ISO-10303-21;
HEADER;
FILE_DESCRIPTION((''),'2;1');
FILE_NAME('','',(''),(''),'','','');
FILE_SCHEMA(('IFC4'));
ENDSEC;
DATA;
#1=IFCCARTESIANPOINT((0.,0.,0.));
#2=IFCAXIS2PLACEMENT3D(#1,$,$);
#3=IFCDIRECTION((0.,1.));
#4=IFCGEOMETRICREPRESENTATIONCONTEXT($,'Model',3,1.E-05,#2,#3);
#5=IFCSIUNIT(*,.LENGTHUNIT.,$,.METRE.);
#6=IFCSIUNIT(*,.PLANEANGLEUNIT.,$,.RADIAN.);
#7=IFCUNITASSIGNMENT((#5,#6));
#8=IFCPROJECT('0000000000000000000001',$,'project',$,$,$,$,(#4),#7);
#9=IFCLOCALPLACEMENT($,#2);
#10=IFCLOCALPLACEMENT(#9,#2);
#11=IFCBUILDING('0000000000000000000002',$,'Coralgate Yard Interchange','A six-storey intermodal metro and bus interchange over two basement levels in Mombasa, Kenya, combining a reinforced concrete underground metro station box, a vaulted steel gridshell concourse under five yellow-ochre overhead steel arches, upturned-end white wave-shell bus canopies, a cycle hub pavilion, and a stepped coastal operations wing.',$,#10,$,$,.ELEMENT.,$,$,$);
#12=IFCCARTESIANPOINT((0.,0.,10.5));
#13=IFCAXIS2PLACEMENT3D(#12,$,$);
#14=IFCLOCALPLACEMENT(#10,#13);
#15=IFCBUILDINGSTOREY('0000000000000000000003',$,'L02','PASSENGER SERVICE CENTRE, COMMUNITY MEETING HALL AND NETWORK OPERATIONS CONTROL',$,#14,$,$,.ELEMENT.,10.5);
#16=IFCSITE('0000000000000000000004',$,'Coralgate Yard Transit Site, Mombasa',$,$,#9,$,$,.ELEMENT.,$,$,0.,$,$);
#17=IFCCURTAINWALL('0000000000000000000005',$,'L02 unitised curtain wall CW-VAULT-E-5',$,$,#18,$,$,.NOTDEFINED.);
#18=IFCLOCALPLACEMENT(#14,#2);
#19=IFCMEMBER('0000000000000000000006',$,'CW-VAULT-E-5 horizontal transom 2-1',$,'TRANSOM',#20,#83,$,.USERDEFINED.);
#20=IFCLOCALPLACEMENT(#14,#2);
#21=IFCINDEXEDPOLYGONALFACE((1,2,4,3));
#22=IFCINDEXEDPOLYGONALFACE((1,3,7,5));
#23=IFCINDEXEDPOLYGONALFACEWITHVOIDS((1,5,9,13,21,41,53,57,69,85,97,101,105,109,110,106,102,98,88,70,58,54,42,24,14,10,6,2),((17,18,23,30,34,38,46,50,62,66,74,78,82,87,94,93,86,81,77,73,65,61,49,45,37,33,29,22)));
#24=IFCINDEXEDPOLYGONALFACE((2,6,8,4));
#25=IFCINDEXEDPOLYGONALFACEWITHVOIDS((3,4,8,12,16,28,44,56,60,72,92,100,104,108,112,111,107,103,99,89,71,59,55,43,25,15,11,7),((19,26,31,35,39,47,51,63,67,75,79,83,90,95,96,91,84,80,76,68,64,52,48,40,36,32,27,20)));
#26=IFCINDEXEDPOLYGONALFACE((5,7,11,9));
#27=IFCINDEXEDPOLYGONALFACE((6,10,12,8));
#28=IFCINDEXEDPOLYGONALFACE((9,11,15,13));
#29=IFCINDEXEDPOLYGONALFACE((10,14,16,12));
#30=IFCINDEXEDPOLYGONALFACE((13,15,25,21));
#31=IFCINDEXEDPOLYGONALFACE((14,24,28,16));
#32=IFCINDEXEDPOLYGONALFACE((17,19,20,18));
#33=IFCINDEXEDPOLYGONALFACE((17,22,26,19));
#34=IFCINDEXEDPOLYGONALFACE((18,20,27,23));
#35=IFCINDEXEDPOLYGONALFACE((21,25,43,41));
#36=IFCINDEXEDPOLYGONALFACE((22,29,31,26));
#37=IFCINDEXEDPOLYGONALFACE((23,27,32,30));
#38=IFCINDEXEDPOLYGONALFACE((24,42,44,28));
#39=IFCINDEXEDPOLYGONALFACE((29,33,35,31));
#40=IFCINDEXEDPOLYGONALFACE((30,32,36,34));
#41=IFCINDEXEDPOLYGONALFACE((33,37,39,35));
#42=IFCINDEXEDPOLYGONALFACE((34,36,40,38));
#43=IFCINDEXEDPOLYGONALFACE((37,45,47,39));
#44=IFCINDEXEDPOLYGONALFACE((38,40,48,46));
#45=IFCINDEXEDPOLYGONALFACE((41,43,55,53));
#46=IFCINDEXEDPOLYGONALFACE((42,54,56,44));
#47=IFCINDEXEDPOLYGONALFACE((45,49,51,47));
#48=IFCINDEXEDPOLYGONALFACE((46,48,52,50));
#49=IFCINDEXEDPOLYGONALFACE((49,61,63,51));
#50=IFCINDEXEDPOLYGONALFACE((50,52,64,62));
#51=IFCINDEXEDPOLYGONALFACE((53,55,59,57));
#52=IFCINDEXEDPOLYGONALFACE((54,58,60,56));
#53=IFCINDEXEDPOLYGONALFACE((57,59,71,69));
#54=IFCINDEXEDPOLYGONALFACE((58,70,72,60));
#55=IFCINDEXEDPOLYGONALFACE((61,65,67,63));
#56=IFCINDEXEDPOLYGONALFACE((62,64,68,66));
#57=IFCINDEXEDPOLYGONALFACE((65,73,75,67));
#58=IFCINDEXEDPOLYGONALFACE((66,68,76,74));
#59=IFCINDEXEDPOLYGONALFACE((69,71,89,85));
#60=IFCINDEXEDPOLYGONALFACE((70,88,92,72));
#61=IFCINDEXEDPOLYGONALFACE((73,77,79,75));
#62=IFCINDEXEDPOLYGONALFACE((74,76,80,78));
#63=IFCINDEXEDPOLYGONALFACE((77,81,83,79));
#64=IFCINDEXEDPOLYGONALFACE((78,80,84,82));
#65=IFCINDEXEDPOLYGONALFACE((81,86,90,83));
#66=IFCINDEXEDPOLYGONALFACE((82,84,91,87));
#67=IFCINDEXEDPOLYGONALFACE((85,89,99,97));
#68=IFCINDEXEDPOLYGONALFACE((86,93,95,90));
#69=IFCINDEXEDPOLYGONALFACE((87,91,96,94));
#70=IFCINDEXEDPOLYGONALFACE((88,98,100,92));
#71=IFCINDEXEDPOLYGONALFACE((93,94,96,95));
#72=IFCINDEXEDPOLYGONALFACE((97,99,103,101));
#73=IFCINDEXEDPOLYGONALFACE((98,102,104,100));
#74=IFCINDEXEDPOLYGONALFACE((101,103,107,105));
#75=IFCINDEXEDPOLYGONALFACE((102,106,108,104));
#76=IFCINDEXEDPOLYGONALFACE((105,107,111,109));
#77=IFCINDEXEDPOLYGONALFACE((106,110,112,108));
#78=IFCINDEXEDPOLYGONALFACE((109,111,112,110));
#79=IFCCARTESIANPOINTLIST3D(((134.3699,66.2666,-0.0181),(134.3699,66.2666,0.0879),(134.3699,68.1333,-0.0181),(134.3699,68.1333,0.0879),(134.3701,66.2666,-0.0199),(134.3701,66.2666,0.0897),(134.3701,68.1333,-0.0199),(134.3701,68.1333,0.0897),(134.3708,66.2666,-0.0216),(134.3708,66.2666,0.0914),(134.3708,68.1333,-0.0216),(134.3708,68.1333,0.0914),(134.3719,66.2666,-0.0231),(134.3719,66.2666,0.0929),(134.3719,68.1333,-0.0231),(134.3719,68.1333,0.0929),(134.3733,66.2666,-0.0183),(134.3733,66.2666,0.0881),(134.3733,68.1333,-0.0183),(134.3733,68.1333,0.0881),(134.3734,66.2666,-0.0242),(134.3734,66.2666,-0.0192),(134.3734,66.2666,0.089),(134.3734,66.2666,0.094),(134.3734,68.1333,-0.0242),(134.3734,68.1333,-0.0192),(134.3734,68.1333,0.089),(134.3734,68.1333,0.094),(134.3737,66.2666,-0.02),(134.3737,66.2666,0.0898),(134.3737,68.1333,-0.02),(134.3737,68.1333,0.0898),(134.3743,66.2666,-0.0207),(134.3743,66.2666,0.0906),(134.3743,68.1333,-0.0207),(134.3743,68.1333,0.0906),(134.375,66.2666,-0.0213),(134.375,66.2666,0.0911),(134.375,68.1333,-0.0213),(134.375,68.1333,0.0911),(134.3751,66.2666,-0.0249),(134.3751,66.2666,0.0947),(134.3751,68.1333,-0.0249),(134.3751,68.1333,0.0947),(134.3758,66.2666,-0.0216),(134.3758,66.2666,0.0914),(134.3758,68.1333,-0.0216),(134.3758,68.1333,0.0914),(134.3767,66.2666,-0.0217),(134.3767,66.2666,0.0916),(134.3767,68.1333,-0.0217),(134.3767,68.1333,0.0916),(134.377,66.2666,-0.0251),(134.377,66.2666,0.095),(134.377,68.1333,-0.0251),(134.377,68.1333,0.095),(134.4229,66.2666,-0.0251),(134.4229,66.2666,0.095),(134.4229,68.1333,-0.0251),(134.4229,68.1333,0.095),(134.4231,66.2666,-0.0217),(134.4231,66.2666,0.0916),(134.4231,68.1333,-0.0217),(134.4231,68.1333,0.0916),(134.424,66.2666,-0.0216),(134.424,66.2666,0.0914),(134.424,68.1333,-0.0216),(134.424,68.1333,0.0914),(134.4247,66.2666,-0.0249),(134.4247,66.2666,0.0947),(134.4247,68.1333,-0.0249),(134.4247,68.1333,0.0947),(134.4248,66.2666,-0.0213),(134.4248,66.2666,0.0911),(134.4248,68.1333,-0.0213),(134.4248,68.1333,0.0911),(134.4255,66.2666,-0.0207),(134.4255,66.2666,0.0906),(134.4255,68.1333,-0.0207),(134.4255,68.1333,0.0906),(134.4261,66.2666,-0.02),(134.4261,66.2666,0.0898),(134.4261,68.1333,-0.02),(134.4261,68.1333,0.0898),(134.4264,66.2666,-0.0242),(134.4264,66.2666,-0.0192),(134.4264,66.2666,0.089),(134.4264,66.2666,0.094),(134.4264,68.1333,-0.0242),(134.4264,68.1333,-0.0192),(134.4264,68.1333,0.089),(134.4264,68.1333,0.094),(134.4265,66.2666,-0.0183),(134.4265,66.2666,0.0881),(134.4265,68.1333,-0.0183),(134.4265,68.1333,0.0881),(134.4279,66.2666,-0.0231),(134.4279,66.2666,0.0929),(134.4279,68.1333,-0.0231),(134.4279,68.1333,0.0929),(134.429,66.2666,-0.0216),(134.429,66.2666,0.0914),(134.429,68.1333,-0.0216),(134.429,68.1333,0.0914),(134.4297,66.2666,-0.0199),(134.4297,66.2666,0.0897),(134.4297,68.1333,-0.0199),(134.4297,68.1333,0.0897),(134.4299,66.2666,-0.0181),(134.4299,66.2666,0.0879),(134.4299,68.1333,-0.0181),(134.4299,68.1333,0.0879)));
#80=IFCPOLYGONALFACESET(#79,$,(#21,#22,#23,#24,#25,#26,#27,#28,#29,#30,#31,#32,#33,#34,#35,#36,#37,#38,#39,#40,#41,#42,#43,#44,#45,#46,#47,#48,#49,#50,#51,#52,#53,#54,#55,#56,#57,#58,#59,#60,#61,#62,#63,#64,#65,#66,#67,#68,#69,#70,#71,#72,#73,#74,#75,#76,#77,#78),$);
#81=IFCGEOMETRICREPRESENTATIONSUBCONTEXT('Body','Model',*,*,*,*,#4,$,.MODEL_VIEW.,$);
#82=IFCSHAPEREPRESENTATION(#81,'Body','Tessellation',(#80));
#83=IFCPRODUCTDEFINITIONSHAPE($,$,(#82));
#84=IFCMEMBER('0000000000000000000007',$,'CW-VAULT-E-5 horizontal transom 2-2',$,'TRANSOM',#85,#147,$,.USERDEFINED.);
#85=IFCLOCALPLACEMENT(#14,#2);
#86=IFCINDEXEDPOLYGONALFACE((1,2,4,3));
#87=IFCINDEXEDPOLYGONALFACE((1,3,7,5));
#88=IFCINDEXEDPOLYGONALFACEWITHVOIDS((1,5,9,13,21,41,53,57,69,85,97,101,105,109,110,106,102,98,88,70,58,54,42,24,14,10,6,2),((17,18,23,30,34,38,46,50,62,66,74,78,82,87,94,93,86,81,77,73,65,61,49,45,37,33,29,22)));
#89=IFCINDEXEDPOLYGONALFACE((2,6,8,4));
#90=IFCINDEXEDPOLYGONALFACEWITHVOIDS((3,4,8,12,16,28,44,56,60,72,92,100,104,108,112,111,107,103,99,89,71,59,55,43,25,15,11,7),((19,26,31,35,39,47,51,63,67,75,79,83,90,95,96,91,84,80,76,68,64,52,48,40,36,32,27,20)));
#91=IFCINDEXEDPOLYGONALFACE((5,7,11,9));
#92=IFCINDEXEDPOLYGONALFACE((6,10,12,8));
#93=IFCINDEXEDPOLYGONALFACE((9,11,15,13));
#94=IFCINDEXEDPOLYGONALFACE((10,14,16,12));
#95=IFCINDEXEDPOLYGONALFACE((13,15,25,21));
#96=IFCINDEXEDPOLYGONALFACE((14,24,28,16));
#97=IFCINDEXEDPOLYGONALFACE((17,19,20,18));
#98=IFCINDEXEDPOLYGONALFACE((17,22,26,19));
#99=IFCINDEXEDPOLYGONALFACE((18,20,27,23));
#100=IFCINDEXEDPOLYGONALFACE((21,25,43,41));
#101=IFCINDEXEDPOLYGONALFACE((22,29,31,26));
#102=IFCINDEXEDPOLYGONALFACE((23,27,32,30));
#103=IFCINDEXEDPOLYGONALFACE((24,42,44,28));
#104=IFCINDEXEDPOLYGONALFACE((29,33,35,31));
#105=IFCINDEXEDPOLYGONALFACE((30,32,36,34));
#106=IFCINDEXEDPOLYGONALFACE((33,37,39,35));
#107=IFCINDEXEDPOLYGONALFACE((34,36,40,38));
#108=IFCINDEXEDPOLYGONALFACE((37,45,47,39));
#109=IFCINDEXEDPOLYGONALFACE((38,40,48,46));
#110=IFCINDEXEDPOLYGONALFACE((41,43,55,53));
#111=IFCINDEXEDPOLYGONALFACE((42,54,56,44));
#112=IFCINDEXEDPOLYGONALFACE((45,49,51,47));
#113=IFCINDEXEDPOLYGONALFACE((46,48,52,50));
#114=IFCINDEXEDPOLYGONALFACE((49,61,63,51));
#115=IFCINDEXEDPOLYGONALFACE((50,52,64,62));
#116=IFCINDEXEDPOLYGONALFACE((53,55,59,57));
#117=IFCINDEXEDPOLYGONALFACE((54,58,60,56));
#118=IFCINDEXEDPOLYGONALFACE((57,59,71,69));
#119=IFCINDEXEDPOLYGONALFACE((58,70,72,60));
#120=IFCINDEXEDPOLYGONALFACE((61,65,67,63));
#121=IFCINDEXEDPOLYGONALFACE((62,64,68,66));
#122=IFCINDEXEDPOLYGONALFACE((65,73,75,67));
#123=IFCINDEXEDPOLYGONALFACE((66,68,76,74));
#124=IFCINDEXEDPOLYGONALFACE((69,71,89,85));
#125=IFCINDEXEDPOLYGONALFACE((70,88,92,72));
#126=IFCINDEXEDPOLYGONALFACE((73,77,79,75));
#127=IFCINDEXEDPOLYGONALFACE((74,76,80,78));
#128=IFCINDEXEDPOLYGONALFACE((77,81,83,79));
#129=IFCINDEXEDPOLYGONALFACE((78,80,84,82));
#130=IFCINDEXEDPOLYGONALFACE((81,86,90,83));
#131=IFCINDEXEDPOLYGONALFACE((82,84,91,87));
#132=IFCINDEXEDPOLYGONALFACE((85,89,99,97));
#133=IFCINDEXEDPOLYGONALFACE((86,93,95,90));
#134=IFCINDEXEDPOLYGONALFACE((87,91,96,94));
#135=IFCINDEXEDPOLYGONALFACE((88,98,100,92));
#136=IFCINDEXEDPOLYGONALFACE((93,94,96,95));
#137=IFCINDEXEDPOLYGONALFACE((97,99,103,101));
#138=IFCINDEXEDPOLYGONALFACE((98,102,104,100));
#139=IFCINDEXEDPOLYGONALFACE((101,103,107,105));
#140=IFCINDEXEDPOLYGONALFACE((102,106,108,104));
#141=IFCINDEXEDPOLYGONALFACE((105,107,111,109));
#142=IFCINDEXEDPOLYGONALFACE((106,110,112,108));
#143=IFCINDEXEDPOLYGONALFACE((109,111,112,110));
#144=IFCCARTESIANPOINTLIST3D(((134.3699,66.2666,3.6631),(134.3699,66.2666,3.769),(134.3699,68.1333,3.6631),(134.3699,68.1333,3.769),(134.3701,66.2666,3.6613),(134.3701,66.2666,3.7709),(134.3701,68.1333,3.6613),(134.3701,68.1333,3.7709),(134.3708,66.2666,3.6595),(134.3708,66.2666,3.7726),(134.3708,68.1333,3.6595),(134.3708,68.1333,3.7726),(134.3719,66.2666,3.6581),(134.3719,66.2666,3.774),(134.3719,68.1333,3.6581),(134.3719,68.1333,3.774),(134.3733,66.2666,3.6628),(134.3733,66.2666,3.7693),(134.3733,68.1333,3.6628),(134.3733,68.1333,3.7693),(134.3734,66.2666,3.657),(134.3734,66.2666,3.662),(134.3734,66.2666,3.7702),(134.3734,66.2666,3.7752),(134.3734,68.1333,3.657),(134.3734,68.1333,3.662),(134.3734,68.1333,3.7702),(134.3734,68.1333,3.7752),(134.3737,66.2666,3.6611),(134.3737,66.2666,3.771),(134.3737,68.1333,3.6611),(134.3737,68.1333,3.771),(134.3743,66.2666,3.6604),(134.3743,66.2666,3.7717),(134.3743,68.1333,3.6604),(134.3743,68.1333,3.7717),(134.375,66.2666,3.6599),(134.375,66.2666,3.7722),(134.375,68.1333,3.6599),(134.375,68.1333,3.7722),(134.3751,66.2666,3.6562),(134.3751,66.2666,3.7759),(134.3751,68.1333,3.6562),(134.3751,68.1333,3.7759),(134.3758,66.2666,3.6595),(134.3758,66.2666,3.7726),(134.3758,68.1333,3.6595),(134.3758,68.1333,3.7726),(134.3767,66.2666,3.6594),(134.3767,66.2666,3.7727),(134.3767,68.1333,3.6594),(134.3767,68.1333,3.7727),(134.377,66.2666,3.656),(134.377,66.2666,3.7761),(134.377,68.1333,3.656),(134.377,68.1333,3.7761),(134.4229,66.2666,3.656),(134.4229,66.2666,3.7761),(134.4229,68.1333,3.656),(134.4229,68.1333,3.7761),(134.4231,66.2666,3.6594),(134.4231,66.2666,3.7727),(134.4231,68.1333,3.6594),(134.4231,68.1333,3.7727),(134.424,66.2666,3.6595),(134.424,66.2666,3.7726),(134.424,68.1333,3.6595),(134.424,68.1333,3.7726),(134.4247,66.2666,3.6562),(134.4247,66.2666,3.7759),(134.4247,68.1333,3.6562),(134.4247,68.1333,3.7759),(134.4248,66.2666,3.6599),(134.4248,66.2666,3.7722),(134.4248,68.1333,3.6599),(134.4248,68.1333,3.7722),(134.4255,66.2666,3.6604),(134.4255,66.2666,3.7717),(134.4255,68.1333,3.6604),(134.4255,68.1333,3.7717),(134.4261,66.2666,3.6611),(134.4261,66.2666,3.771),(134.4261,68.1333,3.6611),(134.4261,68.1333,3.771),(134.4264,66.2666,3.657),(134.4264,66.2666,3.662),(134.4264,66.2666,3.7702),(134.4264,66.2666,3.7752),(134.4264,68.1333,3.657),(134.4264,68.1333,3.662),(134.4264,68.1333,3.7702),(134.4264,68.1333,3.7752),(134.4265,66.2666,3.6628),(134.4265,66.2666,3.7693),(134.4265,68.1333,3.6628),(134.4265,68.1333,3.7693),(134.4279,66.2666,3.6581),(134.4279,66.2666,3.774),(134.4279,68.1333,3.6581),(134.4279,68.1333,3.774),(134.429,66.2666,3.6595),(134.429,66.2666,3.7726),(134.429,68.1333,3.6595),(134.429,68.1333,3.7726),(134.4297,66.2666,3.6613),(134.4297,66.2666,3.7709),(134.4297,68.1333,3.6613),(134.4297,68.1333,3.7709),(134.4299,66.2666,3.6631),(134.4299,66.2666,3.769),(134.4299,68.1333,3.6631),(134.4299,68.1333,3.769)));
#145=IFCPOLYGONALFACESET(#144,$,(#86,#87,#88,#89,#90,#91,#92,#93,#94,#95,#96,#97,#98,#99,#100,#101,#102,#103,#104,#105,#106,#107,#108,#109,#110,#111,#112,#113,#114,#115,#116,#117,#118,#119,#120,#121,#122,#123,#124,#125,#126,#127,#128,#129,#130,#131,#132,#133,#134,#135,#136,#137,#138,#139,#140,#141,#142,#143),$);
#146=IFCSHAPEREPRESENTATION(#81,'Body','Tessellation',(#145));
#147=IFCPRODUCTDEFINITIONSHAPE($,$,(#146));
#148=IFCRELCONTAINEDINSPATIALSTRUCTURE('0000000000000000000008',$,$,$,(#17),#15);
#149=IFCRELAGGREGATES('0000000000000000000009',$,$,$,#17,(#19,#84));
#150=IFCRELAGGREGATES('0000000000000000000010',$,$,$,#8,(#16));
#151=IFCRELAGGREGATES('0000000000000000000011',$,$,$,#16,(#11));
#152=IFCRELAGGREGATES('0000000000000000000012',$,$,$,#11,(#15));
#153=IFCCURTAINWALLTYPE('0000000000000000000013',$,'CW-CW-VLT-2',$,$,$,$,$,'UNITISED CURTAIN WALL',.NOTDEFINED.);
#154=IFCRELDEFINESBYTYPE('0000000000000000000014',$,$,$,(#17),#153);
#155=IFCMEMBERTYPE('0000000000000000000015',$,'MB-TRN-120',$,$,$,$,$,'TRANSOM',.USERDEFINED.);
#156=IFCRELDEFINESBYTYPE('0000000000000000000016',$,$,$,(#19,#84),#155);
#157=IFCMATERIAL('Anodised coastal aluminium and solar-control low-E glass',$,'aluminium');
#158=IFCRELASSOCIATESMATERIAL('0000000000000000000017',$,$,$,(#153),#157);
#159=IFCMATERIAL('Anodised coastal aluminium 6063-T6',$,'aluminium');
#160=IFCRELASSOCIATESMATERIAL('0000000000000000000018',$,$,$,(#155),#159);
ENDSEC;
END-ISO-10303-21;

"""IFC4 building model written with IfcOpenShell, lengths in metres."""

from ifc_helpers import new_model, si_unit, direction, frame, origin, origin_2d, place, context, subcontext, project, spatial, hollow_rectangle, extrude, material, material_profile, profile_set, type_object, element, aggregate, save


model = new_model("IFC4")

# Units and contexts
model_context = context("Model", 3, precision=1e-05, world=origin(), true_north=direction((0.0, 1.0)))
body_context = subcontext(model_context, "Body", "Model", "MODEL_VIEW")
ifc_project = project(units=[si_unit("LENGTHUNIT", "METRE"), si_unit("PLANEANGLEUNIT", "RADIAN")], contexts=[model_context])

# Site, building, storey
site_placement = place(None, origin())
site = spatial("IfcSite", under=ifc_project, at=site_placement, Name="Coralgate Yard Transit Site, Mombasa", CompositionType="ELEMENT", RefElevation=0.0)
building_placement = place(site_placement, origin())
building = spatial("IfcBuilding", under=site, at=building_placement, Name="Coralgate Yard Interchange", Description="A six-storey intermodal metro and bus interchange over two basement levels in Mombasa, Kenya, combining a reinforced concrete underground metro station box, a vaulted steel gridshell concourse under five yellow-ochre overhead steel arches, upturned-end white wave-shell bus canopies, a cycle hub pavilion, and a stepped coastal operations wing.", CompositionType="ELEMENT")
storey_placement = place(building_placement, frame((0.0, 0.0, 10.5)))
storey = spatial("IfcBuildingStorey", under=building, at=storey_placement, Name="L02", Description="PASSENGER SERVICE CENTRE, COMMUNITY MEETING HALL AND NETWORK OPERATIONS CONTROL", CompositionType="ELEMENT", Elevation=10.5)

# Curtain wall
ifc_material_1 = material(Name="Anodised coastal aluminium and solar-control low-E glass", Category="aluminium")
curtain_wall_type = type_object("IfcCurtainWallType", Name="CW-CW-VLT-2", ElementType="UNITISED CURTAIN WALL", PredefinedType="NOTDEFINED", material=ifc_material_1)
curtain_wall_placement = place(storey_placement, origin())
curtain_wall = element("IfcCurtainWall", 1, at=curtain_wall_placement, inside=storey, type_object=curtain_wall_type, Name="L02 unitised curtain wall CW-VAULT-E-5", PredefinedType="NOTDEFINED")
ifc_material_2 = material(Name="Anodised coastal aluminium 6063-T6", Category="aluminium")

# Members
ifc_material_profile_1 = material_profile(ifc_material_2, hollow_rectangle(XDim=0.0601, YDim=0.1201, WallThickness=0.0034, InnerFilletRadius=0.0034, OuterFilletRadius=0.0071, at=origin_2d()), Name="ALU 60x120x3.5")
ifc_profile_set_1 = profile_set([ifc_material_profile_1], Name="Anodised coastal aluminium 6063-T6")
member_type_1 = type_object("IfcMemberType", Name="MB-TRN-120", ElementType="TRANSOM", PredefinedType="USERDEFINED", material=ifc_profile_set_1)
member_1_placement = place(storey_placement, frame((134.3999, 68.1333, 0.0349), z_axis=(0.0, -1.0, 0.0), x_axis=(1.0, 0.0, 0.0)))
member_1 = element("IfcMember", 2, at=member_1_placement, type_object=member_type_1, Name="CW-VAULT-E-5 horizontal transom 2-1", ObjectType="TRANSOM", PredefinedType="USERDEFINED", context=body_context, shape_type="SweptSolid", body=[
    extrude(hollow_rectangle(XDim=0.0601, YDim=0.1201, WallThickness=0.0034, InnerFilletRadius=0.0034, OuterFilletRadius=0.0071, at=origin_2d()), origin(), (0.0, 0.0, 1.0), 1.8667),
])
member_2_placement = place(storey_placement, frame((134.3999, 68.1333, 3.7161), z_axis=(0.0, -1.0, 0.0), x_axis=(1.0, 0.0, 0.0)))
member_2 = element("IfcMember", 3, at=member_2_placement, type_object=member_type_1, Name="CW-VAULT-E-5 horizontal transom 2-2", ObjectType="TRANSOM", PredefinedType="USERDEFINED", context=body_context, shape_type="SweptSolid", body=[
    extrude(hollow_rectangle(XDim=0.0601, YDim=0.1201, WallThickness=0.0034, InnerFilletRadius=0.0034, OuterFilletRadius=0.0071, at=origin_2d()), origin(), (0.0, 0.0, 1.0), 1.8667),
])

aggregate(curtain_wall, [member_1, member_2])

save(model, "model.ifc")
